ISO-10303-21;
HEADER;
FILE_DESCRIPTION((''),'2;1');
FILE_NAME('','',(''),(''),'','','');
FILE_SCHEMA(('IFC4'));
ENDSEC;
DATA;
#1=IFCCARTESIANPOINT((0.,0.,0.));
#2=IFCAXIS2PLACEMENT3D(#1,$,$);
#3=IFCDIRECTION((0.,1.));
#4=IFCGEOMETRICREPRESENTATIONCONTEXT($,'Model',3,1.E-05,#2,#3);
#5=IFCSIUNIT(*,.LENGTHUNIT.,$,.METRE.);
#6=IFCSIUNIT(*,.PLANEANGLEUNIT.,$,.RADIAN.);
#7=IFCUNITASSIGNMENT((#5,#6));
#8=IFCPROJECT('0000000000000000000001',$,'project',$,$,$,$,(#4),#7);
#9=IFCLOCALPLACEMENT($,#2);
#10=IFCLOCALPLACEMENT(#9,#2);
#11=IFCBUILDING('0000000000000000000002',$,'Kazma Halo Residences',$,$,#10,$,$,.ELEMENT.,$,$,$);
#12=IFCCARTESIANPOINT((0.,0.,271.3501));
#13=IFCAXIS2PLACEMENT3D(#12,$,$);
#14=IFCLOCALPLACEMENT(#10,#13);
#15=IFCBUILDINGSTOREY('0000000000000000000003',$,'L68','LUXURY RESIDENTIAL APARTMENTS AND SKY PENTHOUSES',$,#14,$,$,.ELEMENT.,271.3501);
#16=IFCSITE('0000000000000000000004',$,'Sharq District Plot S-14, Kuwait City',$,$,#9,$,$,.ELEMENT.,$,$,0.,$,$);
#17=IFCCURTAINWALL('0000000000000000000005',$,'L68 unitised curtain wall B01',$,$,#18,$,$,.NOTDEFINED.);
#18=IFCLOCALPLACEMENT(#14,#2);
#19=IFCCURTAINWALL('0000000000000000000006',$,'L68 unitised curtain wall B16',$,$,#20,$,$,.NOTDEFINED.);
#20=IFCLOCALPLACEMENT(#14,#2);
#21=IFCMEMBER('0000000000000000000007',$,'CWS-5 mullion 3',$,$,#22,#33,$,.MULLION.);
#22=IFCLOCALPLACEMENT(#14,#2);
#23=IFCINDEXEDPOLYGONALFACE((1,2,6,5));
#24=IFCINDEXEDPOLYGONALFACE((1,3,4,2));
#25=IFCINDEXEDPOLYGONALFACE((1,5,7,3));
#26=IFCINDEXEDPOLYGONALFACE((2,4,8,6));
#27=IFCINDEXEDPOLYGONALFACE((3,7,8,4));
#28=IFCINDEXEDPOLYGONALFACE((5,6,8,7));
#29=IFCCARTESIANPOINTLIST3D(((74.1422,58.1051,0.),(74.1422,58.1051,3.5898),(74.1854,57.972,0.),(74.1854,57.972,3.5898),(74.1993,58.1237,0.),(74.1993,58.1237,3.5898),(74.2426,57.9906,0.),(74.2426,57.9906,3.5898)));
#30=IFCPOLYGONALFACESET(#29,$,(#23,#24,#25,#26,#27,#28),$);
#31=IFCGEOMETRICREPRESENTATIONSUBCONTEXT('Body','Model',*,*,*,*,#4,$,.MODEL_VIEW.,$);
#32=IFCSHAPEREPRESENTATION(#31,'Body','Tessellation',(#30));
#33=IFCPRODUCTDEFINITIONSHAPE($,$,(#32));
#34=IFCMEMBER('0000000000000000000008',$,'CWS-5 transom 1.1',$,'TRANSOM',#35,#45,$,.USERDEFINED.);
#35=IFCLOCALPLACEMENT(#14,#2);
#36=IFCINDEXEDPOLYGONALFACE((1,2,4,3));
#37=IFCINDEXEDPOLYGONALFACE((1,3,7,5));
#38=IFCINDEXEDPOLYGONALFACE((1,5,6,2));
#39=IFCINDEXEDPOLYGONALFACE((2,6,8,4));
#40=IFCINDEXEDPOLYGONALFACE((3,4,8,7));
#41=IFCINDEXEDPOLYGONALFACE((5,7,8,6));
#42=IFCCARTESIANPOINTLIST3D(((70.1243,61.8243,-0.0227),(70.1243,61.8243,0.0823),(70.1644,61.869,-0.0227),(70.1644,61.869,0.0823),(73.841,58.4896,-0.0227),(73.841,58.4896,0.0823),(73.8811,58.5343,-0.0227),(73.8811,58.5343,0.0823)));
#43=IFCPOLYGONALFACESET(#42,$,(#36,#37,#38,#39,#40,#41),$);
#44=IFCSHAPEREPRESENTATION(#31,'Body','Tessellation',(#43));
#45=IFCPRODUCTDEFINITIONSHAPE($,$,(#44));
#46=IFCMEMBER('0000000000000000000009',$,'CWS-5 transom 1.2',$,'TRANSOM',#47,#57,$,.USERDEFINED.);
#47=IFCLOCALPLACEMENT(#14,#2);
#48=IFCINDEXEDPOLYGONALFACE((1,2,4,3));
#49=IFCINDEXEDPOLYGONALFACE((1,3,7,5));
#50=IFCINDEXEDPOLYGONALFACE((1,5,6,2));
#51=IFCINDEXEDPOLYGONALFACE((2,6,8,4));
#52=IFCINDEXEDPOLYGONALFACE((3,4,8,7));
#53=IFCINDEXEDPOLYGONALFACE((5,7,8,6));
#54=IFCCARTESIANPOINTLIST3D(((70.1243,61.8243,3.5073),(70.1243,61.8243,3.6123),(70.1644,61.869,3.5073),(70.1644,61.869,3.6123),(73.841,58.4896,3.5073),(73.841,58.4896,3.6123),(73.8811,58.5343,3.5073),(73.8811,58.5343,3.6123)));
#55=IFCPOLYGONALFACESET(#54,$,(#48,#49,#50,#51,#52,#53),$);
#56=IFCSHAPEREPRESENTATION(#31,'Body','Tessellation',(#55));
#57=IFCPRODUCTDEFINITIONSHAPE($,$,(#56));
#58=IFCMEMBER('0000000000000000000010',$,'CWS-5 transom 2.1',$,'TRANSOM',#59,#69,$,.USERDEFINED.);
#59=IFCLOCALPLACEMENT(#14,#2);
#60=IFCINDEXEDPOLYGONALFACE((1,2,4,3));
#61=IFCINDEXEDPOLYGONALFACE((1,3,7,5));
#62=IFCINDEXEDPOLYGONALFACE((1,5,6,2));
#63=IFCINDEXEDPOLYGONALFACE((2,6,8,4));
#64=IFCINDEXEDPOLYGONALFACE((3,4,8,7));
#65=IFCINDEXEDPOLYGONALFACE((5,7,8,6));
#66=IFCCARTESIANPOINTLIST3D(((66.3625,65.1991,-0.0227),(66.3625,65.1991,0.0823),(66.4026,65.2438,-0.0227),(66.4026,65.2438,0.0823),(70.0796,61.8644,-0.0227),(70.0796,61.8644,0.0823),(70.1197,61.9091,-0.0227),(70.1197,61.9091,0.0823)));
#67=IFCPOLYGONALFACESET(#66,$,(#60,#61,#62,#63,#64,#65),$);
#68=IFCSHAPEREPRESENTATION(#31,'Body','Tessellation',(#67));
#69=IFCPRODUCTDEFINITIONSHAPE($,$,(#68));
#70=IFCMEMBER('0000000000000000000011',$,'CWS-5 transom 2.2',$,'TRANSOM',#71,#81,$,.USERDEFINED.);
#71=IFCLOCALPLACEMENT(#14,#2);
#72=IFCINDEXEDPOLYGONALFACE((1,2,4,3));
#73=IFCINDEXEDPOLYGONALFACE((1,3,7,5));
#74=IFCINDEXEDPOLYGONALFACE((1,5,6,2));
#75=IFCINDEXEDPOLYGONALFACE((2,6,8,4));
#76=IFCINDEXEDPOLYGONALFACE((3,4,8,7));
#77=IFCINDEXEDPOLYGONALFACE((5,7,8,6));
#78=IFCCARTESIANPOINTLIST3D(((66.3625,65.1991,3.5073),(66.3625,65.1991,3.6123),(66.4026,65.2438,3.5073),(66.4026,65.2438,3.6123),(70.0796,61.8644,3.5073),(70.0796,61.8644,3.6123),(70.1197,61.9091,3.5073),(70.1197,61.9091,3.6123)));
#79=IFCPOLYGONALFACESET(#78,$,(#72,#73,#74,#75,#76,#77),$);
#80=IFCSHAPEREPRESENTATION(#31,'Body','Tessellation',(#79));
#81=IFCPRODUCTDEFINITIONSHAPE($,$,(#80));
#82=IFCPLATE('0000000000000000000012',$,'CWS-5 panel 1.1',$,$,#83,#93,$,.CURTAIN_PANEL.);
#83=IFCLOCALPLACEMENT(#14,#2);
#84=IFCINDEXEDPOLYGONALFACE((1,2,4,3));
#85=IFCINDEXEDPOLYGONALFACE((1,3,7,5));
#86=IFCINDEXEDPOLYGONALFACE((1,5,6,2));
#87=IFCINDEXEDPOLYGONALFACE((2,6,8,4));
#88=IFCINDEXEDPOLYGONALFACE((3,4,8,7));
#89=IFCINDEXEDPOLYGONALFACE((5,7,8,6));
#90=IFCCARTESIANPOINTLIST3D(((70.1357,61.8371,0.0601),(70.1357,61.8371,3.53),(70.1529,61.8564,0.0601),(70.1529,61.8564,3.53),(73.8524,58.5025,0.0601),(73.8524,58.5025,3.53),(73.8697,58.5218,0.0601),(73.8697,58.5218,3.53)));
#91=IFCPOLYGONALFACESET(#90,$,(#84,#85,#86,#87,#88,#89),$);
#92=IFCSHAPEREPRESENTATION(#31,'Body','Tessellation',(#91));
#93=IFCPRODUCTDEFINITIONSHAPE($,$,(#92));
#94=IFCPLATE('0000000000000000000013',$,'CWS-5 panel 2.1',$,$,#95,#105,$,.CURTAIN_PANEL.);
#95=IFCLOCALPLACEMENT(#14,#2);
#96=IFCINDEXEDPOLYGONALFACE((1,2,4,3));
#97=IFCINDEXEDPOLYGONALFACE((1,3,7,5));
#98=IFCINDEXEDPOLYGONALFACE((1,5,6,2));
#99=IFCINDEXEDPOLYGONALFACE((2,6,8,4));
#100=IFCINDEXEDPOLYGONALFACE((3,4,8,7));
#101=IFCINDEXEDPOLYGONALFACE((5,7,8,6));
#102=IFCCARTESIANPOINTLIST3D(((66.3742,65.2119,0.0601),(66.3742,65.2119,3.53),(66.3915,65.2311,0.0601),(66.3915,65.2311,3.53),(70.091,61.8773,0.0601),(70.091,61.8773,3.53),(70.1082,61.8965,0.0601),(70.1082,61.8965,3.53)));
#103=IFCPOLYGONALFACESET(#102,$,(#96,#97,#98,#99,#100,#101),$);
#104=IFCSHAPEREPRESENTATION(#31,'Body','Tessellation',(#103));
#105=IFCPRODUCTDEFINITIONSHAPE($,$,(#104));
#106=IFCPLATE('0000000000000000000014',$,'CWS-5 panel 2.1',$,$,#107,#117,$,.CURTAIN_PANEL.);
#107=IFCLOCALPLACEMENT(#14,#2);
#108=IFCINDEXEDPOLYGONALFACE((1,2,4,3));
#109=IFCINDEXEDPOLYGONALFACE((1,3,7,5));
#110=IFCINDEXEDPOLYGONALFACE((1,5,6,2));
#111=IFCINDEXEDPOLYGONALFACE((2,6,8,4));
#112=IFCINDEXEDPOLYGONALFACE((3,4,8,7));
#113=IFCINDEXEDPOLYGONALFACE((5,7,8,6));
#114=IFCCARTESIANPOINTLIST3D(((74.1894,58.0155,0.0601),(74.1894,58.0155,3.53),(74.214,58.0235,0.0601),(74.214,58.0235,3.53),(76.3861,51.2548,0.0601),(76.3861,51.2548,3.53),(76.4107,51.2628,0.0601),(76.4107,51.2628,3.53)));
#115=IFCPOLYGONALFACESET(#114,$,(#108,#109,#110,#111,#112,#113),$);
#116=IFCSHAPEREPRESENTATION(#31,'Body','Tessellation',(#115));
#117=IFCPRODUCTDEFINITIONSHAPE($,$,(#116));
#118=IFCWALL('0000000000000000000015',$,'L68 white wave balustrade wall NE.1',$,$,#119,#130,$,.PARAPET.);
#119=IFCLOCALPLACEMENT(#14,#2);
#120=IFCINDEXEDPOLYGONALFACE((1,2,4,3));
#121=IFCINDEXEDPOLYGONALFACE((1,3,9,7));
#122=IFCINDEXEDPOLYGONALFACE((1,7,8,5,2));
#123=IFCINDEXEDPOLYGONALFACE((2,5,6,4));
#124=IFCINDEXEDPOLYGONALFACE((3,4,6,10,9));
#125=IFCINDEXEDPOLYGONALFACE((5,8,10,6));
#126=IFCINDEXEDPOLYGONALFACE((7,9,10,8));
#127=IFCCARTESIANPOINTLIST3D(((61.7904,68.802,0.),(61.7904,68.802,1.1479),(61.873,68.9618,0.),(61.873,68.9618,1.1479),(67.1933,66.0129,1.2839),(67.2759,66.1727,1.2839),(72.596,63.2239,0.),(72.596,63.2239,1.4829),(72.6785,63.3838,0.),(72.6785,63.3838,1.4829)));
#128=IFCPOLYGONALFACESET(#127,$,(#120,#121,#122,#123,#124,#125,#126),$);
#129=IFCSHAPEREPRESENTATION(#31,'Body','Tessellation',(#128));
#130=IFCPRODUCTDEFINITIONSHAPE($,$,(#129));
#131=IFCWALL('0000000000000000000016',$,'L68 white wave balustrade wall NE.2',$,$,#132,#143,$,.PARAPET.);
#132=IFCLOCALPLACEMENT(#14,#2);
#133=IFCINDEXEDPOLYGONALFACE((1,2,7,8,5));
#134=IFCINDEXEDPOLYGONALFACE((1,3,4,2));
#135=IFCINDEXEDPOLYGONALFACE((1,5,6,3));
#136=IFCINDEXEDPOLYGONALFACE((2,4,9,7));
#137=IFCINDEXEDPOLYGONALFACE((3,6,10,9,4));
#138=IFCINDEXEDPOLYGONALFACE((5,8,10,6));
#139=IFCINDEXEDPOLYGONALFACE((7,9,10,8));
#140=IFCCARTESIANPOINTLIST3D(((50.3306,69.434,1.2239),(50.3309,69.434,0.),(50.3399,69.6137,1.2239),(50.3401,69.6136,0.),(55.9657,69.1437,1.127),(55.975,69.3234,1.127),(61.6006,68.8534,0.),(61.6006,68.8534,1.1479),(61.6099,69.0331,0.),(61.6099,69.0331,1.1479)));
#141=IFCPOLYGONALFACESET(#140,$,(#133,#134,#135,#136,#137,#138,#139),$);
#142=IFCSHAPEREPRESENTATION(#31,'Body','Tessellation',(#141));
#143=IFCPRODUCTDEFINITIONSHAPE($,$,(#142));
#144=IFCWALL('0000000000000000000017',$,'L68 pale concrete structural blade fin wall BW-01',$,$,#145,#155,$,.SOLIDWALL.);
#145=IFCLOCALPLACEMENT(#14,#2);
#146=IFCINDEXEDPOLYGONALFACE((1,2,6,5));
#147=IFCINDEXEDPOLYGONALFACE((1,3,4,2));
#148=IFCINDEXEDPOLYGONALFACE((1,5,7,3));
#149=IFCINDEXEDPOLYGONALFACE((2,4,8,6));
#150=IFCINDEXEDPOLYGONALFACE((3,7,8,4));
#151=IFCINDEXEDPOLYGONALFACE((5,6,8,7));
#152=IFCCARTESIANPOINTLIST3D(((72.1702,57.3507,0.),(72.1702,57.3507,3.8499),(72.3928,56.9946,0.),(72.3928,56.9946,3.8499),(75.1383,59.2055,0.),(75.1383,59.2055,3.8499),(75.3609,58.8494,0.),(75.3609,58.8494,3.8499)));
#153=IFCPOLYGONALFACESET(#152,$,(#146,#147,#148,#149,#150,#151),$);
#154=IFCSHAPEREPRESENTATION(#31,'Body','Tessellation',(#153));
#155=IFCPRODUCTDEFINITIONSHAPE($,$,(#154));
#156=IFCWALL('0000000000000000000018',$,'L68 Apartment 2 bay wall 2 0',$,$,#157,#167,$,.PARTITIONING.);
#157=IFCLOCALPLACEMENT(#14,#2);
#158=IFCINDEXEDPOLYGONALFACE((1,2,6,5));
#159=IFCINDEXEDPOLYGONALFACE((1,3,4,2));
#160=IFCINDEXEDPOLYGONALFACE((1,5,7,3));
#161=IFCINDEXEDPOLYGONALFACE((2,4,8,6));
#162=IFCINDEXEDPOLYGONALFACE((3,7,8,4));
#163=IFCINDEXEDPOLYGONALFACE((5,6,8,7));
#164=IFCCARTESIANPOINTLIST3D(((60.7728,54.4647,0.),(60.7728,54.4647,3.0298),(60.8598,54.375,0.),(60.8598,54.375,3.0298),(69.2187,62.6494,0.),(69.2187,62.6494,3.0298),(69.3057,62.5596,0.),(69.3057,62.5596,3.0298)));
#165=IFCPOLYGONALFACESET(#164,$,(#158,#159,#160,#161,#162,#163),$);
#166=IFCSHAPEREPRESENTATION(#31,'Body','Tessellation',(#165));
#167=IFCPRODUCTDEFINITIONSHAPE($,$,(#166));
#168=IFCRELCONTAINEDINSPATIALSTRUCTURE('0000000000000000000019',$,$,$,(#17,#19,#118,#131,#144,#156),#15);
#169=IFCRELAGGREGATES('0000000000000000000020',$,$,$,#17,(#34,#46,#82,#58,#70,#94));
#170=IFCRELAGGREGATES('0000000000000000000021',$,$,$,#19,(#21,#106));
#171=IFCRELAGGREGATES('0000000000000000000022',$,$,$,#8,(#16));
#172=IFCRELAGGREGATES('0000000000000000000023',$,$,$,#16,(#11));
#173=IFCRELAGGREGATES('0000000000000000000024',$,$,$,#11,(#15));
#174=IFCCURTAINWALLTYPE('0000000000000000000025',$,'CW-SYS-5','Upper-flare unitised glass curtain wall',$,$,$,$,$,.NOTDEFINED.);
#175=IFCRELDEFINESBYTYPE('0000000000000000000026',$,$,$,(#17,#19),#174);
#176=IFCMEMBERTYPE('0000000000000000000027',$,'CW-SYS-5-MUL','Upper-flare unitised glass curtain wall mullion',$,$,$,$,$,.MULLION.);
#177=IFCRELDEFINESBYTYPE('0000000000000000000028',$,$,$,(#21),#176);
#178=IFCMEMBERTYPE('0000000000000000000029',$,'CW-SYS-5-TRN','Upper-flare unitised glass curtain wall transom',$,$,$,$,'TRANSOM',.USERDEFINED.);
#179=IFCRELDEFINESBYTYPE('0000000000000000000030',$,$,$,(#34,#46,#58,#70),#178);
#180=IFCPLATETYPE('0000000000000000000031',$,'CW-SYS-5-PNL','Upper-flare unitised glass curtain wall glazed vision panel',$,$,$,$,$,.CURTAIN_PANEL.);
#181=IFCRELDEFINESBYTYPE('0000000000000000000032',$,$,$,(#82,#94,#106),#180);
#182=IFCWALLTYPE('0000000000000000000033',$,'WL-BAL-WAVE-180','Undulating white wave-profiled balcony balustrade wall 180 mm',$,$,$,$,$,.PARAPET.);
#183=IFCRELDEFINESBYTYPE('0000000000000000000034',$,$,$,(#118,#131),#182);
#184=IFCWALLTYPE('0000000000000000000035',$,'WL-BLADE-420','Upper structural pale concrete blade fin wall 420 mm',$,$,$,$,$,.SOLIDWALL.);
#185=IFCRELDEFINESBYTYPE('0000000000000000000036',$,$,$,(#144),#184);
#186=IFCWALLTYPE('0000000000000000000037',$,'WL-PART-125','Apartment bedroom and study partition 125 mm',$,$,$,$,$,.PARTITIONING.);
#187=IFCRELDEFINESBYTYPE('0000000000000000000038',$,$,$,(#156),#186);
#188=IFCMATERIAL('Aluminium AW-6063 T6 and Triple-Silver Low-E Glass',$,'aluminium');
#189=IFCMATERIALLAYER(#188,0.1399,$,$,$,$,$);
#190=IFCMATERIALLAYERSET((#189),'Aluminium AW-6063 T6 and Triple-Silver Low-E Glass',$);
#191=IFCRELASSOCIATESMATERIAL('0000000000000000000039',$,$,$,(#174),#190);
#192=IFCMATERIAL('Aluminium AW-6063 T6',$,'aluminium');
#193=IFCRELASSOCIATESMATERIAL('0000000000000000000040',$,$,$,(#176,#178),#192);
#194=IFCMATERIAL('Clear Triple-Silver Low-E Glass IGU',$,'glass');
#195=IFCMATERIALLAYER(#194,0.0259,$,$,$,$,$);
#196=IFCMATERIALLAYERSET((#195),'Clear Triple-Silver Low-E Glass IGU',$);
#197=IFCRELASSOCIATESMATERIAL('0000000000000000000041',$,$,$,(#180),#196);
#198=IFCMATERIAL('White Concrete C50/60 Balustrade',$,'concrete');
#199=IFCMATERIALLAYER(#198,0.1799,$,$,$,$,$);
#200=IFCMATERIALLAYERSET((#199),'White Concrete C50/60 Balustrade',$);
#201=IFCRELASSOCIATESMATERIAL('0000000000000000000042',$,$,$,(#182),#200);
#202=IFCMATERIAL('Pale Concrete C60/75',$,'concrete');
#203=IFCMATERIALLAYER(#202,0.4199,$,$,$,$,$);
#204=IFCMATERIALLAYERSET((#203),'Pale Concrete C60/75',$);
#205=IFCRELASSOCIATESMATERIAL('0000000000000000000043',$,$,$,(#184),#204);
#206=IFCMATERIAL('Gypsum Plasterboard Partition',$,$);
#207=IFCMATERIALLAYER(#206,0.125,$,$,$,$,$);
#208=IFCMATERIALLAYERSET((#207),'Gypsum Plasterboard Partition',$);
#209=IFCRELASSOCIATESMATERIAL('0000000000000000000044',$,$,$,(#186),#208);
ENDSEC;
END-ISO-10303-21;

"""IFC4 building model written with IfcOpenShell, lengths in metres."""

from ifc_helpers import new_model, si_unit, direction, frame, frame_2d, origin, origin_2d, place, context, subcontext, project, spatial, polyline, rectangle, outline, extrude, material, layer, layer_set, material_profile, profile_set, type_object, element, aggregate, save


model = new_model("IFC4")

# Units and contexts
model_context = context("Model", 3, precision=1e-05, world=origin(), true_north=direction((0.0, 1.0)))
body_context = subcontext(model_context, "Body", "Model", "MODEL_VIEW")
ifc_project = project(units=[si_unit("LENGTHUNIT", "METRE"), si_unit("PLANEANGLEUNIT", "RADIAN")], contexts=[model_context])

# Site, building, storey
site_placement = place(None, origin())
site = spatial("IfcSite", under=ifc_project, at=site_placement, Name="Sharq District Plot S-14, Kuwait City", CompositionType="ELEMENT", RefElevation=0.0)
building_placement = place(site_placement, origin())
building = spatial("IfcBuilding", under=site, at=building_placement, Name="Kazma Halo Residences", CompositionType="ELEMENT")
storey_placement = place(building_placement, frame((0.0, 0.0, 271.3501)))
storey = spatial("IfcBuildingStorey", under=building, at=storey_placement, Name="L68", Description="LUXURY RESIDENTIAL APARTMENTS AND SKY PENTHOUSES", CompositionType="ELEMENT", Elevation=271.3501)

# Curtain wall
ifc_material_1 = material(Name="Aluminium AW-6063 T6 and Triple-Silver Low-E Glass", Category="aluminium")
ifc_layer_1 = layer(ifc_material_1, 0.1399)
ifc_layer_set_1 = layer_set([ifc_layer_1], Name="Aluminium AW-6063 T6 and Triple-Silver Low-E Glass")
curtain_wall_type = type_object("IfcCurtainWallType", Name="CW-SYS-5", Description="Upper-flare unitised glass curtain wall", PredefinedType="NOTDEFINED", material=ifc_layer_set_1)
curtain_wall_1_placement = place(storey_placement, origin())
curtain_wall_1 = element("IfcCurtainWall", 1, at=curtain_wall_1_placement, inside=storey, type_object=curtain_wall_type, Name="L68 unitised curtain wall B01", PredefinedType="NOTDEFINED")
ifc_material_2 = material(Name="Aluminium AW-6063 T6", Category="aluminium")
ifc_material_profile_1 = material_profile(ifc_material_2, rectangle(XDim=0.0601, YDim=0.1399, at=origin_2d()), Name="CWM-60x140")
ifc_profile_set_1 = profile_set([ifc_material_profile_1], Name="Aluminium AW-6063 T6")
member_type_1 = type_object("IfcMemberType", Name="CW-SYS-5-MUL", Description="Upper-flare unitised glass curtain wall mullion", PredefinedType="MULLION", material=ifc_profile_set_1)

# Curtain wall, member
curtain_wall_2_placement = place(storey_placement, origin())
curtain_wall_2 = element("IfcCurtainWall", 2, at=curtain_wall_2_placement, inside=storey, type_object=curtain_wall_type, Name="L68 unitised curtain wall B16", PredefinedType="NOTDEFINED")
member_1_placement = place(storey_placement, frame((74.1924, 58.0479, 0.0), z_axis=(0.0, 0.0, 1.0), x_axis=(-0.951058, -0.309011, 0.0)))
member_1 = element("IfcMember", 3, at=member_1_placement, type_object=member_type_1, Name="CWS-5 mullion 3", PredefinedType="MULLION", context=body_context, shape_type="SweptSolid", body=[
    extrude(rectangle(XDim=0.0601, YDim=0.1399, at=origin_2d()), origin(), (0.0, 0.0, 1.0), 3.5898),
])

# Members
ifc_material_profile_2 = material_profile(ifc_material_2, rectangle(XDim=0.0601, YDim=0.105, at=origin_2d()), Name="CWT-60x105")
ifc_profile_set_2 = profile_set([ifc_material_profile_2], Name="Aluminium AW-6063 T6")
member_type_2 = type_object("IfcMemberType", Name="CW-SYS-5-TRN", Description="Upper-flare unitised glass curtain wall transom", ElementType="TRANSOM", PredefinedType="USERDEFINED", material=ifc_profile_set_2)
member_2_placement = place(storey_placement, frame((73.8611, 58.512, 0.0298), z_axis=(-0.744329, 0.667813, 0.0), x_axis=(-0.667813, -0.744329, 0.0)))
member_2 = element("IfcMember", 4, at=member_2_placement, type_object=member_type_2, Name="CWS-5 transom 1.1", ObjectType="TRANSOM", PredefinedType="USERDEFINED", context=body_context, shape_type="SweptSolid", body=[
    extrude(rectangle(XDim=0.0601, YDim=0.105, at=origin_2d()), origin(), (0.0, 0.0, 1.0), 4.9934),
])
member_3_placement = place(storey_placement, frame((73.8611, 58.512, 3.5598), z_axis=(-0.744329, 0.667813, 0.0), x_axis=(-0.667813, -0.744329, 0.0)))
member_3 = element("IfcMember", 5, at=member_3_placement, type_object=member_type_2, Name="CWS-5 transom 1.2", ObjectType="TRANSOM", PredefinedType="USERDEFINED", context=body_context, shape_type="SweptSolid", body=[
    extrude(rectangle(XDim=0.0601, YDim=0.105, at=origin_2d()), origin(), (0.0, 0.0, 1.0), 4.9934),
])
member_4_placement = place(storey_placement, frame((70.0996, 61.8867, 0.0298), z_axis=(-0.744351, 0.667789, 0.0), x_axis=(-0.667789, -0.744351, 0.0)))
member_4 = element("IfcMember", 6, at=member_4_placement, type_object=member_type_2, Name="CWS-5 transom 2.1", ObjectType="TRANSOM", PredefinedType="USERDEFINED", context=body_context, shape_type="SweptSolid", body=[
    extrude(rectangle(XDim=0.0601, YDim=0.105, at=origin_2d()), origin(), (0.0, 0.0, 1.0), 4.9937),
])
member_5_placement = place(storey_placement, frame((70.0996, 61.8867, 3.5598), z_axis=(-0.744351, 0.667789, 0.0), x_axis=(-0.667789, -0.744351, 0.0)))
member_5 = element("IfcMember", 7, at=member_5_placement, type_object=member_type_2, Name="CWS-5 transom 2.2", ObjectType="TRANSOM", PredefinedType="USERDEFINED", context=body_context, shape_type="SweptSolid", body=[
    extrude(rectangle(XDim=0.0601, YDim=0.105, at=origin_2d()), origin(), (0.0, 0.0, 1.0), 4.9937),
])

# Plates
ifc_material_3 = material(Name="Clear Triple-Silver Low-E Glass IGU", Category="glass")
ifc_layer_2 = layer(ifc_material_3, 0.0259)
ifc_layer_set_2 = layer_set([ifc_layer_2], Name="Clear Triple-Silver Low-E Glass IGU")
plate_type = type_object("IfcPlateType", Name="CW-SYS-5-PNL", Description="Upper-flare unitised glass curtain wall glazed vision panel", PredefinedType="CURTAIN_PANEL", material=ifc_layer_set_2)
plate_1_placement = place(storey_placement, frame((72.0027, 60.1794, 0.0601), z_axis=(0.0, 0.0, 1.0), x_axis=(-0.744336, 0.667805, 0.0)))
plate_1 = element("IfcPlate", 8, at=plate_1_placement, type_object=plate_type, Name="CWS-5 panel 1.1", PredefinedType="CURTAIN_PANEL", context=body_context, shape_type="SweptSolid", body=[
    extrude(rectangle(XDim=4.9934, YDim=0.0259, at=origin_2d()), origin(), (0.0, 0.0, 1.0), 3.47),
])
plate_2_placement = place(storey_placement, frame((68.2412, 63.5542, 0.0601), z_axis=(0.0, 0.0, 1.0), x_axis=(-0.744336, 0.667805, 0.0)))
plate_2 = element("IfcPlate", 9, at=plate_2_placement, type_object=plate_type, Name="CWS-5 panel 2.1", PredefinedType="CURTAIN_PANEL", context=body_context, shape_type="SweptSolid", body=[
    extrude(rectangle(XDim=4.9934, YDim=0.0259, at=origin_2d()), origin(), (0.0, 0.0, 1.0), 3.47),
])
aggregate(curtain_wall_1, [member_2, member_3, plate_1, member_4, member_5, plate_2])
plate_3_placement = place(storey_placement, frame((75.3, 54.6392, 0.0601), z_axis=(0.0, 0.0, 1.0), x_axis=(-0.309011, 0.951058, 0.0)))
plate_3 = element("IfcPlate", 10, at=plate_3_placement, type_object=plate_type, Name="CWS-5 panel 2.1", PredefinedType="CURTAIN_PANEL", context=body_context, shape_type="SweptSolid", body=[
    extrude(rectangle(XDim=7.1086, YDim=0.0259, at=origin_2d()), origin(), (0.0, 0.0, 1.0), 3.47),
])
aggregate(curtain_wall_2, [member_1, plate_3])

# Walls
ifc_material_4 = material(Name="White Concrete C50/60 Balustrade", Category="concrete")
ifc_layer_3 = layer(ifc_material_4, 0.1799)
ifc_layer_set_3 = layer_set([ifc_layer_3], Name="White Concrete C50/60 Balustrade")
wall_type_1 = type_object("IfcWallType", Name="WL-BAL-WAVE-180", Description="Undulating white wave-profiled balcony balustrade wall 180 mm", PredefinedType="PARAPET", material=ifc_layer_set_3)
wall_1_placement = place(storey_placement, frame((72.6372, 63.3037, 0.0), z_axis=(0.0, 0.0, 1.0), x_axis=(-0.888587, 0.458708, 0.0)))
element("IfcWall", 11, at=wall_1_placement, inside=storey, type_object=wall_type_1, Name="L68 white wave balustrade wall NE.1", PredefinedType="PARAPET", context=body_context, shape_type="SweptSolid", body=[
    extrude(outline(polyline([(0.0, 0.0), (12.1604, 0.0), (12.1604, 1.1479), (6.0801, 1.2839), (0.0, 1.4829), (0.0, 0.0)])), frame((0.0, 0.0898, 0.0), z_axis=(0.0, -1.0, 0.0), x_axis=(1.0, 0.0, 0.0)), (0.0, 0.0, 1.0), 0.1799),
])
wall_2_placement = place(storey_placement, frame((61.6052, 68.9431, 0.0), z_axis=(0.0, 0.0, 1.0), x_axis=(-0.998676, 0.051447, 0.0)))
element("IfcWall", 12, at=wall_2_placement, inside=storey, type_object=wall_type_1, Name="L68 white wave balustrade wall NE.2", PredefinedType="PARAPET", context=body_context, shape_type="SweptSolid", body=[
    extrude(outline(polyline([(0.0, 0.0), (11.2847, 0.0), (11.2849, 1.2239), (5.6423, 1.127), (0.0, 1.1479), (0.0, 0.0)])), frame((0.0, 0.0898, 0.0), z_axis=(0.0, -1.0, 0.0), x_axis=(1.0, 0.0, 0.0)), (0.0, 0.0, 1.0), 0.1799),
])
ifc_material_5 = material(Name="Pale Concrete C60/75", Category="concrete")
ifc_layer_4 = layer(ifc_material_5, 0.4199)
ifc_layer_set_4 = layer_set([ifc_layer_4], Name="Pale Concrete C60/75")
wall_type_2 = type_object("IfcWallType", Name="WL-BLADE-420", Description="Upper structural pale concrete blade fin wall 420 mm", PredefinedType="SOLIDWALL", material=ifc_layer_set_4)
wall_3_placement = place(storey_placement, frame((72.2815, 57.1726, 0.0), z_axis=(0.0, 0.0, 1.0), x_axis=(0.848034, 0.529943, 0.0)))
element("IfcWall", 13, at=wall_3_placement, inside=storey, type_object=wall_type_2, Name="L68 pale concrete structural blade fin wall BW-01", PredefinedType="SOLIDWALL", context=body_context, shape_type="SweptSolid", body=[
    extrude(rectangle(XDim=3.5, YDim=0.4199, at=frame_2d((1.75, 0.0))), origin(), (0.0, 0.0, 1.0), 3.8499),
])

# Wall
ifc_material_6 = material(Name="Gypsum Plasterboard Partition")
ifc_layer_5 = layer(ifc_material_6, 0.125)
ifc_layer_set_5 = layer_set([ifc_layer_5], Name="Gypsum Plasterboard Partition")
wall_type_3 = type_object("IfcWallType", Name="WL-PART-125", Description="Apartment bedroom and study partition 125 mm", PredefinedType="PARTITIONING", material=ifc_layer_set_5)
wall_4_placement = place(storey_placement, frame((60.8164, 54.4199, 0.0), z_axis=(0.0, 0.0, 1.0), x_axis=(0.718125, 0.695914, 0.0)))
element("IfcWall", 14, at=wall_4_placement, inside=storey, type_object=wall_type_3, Name="L68 Apartment 2 bay wall 2 0", PredefinedType="PARTITIONING", context=body_context, shape_type="SweptSolid", body=[
    extrude(rectangle(XDim=11.761, YDim=0.125, at=frame_2d((5.8804, 0.0))), origin(), (0.0, 0.0, 1.0), 3.0298),
])

save(model, "model.ifc")
